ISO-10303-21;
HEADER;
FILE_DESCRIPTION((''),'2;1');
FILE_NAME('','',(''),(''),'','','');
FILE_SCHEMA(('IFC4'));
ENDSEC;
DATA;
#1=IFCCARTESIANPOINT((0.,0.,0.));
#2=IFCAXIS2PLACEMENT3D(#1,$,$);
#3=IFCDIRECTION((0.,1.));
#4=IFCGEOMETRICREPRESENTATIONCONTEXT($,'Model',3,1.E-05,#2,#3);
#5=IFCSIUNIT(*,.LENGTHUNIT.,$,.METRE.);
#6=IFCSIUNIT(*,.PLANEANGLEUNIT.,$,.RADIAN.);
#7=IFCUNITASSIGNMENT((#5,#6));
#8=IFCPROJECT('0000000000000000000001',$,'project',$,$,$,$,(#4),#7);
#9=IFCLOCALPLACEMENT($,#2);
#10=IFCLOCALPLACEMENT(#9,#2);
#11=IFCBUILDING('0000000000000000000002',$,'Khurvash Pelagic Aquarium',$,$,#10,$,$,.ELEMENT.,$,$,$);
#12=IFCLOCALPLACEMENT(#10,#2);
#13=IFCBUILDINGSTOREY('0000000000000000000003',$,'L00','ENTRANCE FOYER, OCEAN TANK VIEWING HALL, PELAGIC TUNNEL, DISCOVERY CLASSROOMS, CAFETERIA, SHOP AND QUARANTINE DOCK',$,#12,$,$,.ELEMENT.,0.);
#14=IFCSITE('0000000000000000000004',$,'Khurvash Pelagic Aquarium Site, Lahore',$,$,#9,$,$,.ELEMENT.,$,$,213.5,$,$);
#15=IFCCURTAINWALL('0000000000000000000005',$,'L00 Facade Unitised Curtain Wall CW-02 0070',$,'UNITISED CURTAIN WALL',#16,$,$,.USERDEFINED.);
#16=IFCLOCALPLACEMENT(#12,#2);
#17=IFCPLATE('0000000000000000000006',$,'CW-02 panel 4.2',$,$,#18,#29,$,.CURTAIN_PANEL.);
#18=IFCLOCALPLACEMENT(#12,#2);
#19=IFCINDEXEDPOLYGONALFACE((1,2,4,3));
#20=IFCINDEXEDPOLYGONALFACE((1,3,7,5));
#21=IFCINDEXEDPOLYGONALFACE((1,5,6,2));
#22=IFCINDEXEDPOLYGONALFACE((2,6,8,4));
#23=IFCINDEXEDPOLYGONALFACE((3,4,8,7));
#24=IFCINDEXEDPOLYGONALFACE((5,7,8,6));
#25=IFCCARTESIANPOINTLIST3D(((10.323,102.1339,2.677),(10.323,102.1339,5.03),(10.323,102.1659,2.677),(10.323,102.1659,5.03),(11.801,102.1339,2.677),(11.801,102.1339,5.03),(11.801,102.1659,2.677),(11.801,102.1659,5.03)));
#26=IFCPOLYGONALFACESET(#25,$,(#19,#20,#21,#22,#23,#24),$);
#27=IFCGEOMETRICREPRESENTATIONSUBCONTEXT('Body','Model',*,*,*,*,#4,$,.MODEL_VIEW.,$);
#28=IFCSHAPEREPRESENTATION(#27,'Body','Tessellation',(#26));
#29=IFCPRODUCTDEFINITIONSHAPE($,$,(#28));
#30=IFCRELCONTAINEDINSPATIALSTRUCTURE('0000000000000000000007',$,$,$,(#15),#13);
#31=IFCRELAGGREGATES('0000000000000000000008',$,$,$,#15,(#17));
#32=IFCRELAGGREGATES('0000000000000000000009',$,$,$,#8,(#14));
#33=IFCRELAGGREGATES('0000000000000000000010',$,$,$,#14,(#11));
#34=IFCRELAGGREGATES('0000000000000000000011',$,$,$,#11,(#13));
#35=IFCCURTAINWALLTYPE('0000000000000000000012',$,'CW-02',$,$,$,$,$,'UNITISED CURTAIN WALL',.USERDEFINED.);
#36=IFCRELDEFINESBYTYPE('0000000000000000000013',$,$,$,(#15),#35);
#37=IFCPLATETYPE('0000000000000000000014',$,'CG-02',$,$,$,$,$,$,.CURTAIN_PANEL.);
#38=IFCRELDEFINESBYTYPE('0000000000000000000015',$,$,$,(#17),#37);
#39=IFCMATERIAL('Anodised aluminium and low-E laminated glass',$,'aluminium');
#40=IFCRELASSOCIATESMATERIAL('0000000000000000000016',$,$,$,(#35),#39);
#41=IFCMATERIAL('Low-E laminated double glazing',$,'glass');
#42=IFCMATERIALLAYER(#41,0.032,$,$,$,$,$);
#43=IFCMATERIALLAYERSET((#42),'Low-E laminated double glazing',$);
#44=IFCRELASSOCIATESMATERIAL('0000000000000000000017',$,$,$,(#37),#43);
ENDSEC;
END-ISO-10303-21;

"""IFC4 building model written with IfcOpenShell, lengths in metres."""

from ifc_helpers import new_model, si_unit, direction, frame, origin, origin_2d, place, context, subcontext, project, spatial, rectangle, extrude, material, layer, layer_set, type_object, element, aggregate, save


model = new_model("IFC4")

# Units and contexts
model_context = context("Model", 3, precision=1e-05, world=origin(), true_north=direction((0.0, 1.0)))
body_context = subcontext(model_context, "Body", "Model", "MODEL_VIEW")
ifc_project = project(units=[si_unit("LENGTHUNIT", "METRE"), si_unit("PLANEANGLEUNIT", "RADIAN")], contexts=[model_context])

# Site, building, storey
site_placement = place(None, origin())
site = spatial("IfcSite", under=ifc_project, at=site_placement, Name="Khurvash Pelagic Aquarium Site, Lahore", CompositionType="ELEMENT", RefElevation=213.5)
building_placement = place(site_placement, origin())
building = spatial("IfcBuilding", under=site, at=building_placement, Name="Khurvash Pelagic Aquarium", CompositionType="ELEMENT")
storey_placement = place(building_placement, origin())
storey = spatial("IfcBuildingStorey", under=building, at=storey_placement, Name="L00", Description="ENTRANCE FOYER, OCEAN TANK VIEWING HALL, PELAGIC TUNNEL, DISCOVERY CLASSROOMS, CAFETERIA, SHOP AND QUARANTINE DOCK", CompositionType="ELEMENT", Elevation=0.0)

# Curtain wall
ifc_material_1 = material(Name="Anodised aluminium and low-E laminated glass", Category="aluminium")
curtain_wall_type = type_object("IfcCurtainWallType", Name="CW-02", ElementType="UNITISED CURTAIN WALL", PredefinedType="USERDEFINED", material=ifc_material_1)
curtain_wall_1_placement = place(storey_placement, origin())
curtain_wall_1 = element("IfcCurtainWall", 1, at=curtain_wall_1_placement, inside=storey, type_object=curtain_wall_type, Name="L00 Facade Unitised Curtain Wall CW-02 0070", ObjectType="UNITISED CURTAIN WALL", PredefinedType="USERDEFINED")

# Plate
ifc_material_2 = material(Name="Low-E laminated double glazing", Category="glass")
ifc_layer = layer(ifc_material_2, 0.032)
ifc_layer_set = layer_set([ifc_layer], Name="Low-E laminated double glazing")
plate_type = type_object("IfcPlateType", Name="CG-02", PredefinedType="CURTAIN_PANEL", material=ifc_layer_set)
plate_1_placement = place(storey_placement, frame((11.062, 102.1499, 2.677), z_axis=(0.0, 0.0, 1.0), x_axis=(-1.0, 0.0, 0.0)))
plate_1 = element("IfcPlate", 2, at=plate_1_placement, type_object=plate_type, Name="CW-02 panel 4.2", PredefinedType="CURTAIN_PANEL", context=body_context, shape_type="SweptSolid", body=[
    extrude(rectangle(XDim=1.478, YDim=0.032, at=origin_2d()), origin(), (0.0, 0.0, 1.0), 2.353),
])
aggregate(curtain_wall_1, [plate_1])

save(model, "model.ifc")
